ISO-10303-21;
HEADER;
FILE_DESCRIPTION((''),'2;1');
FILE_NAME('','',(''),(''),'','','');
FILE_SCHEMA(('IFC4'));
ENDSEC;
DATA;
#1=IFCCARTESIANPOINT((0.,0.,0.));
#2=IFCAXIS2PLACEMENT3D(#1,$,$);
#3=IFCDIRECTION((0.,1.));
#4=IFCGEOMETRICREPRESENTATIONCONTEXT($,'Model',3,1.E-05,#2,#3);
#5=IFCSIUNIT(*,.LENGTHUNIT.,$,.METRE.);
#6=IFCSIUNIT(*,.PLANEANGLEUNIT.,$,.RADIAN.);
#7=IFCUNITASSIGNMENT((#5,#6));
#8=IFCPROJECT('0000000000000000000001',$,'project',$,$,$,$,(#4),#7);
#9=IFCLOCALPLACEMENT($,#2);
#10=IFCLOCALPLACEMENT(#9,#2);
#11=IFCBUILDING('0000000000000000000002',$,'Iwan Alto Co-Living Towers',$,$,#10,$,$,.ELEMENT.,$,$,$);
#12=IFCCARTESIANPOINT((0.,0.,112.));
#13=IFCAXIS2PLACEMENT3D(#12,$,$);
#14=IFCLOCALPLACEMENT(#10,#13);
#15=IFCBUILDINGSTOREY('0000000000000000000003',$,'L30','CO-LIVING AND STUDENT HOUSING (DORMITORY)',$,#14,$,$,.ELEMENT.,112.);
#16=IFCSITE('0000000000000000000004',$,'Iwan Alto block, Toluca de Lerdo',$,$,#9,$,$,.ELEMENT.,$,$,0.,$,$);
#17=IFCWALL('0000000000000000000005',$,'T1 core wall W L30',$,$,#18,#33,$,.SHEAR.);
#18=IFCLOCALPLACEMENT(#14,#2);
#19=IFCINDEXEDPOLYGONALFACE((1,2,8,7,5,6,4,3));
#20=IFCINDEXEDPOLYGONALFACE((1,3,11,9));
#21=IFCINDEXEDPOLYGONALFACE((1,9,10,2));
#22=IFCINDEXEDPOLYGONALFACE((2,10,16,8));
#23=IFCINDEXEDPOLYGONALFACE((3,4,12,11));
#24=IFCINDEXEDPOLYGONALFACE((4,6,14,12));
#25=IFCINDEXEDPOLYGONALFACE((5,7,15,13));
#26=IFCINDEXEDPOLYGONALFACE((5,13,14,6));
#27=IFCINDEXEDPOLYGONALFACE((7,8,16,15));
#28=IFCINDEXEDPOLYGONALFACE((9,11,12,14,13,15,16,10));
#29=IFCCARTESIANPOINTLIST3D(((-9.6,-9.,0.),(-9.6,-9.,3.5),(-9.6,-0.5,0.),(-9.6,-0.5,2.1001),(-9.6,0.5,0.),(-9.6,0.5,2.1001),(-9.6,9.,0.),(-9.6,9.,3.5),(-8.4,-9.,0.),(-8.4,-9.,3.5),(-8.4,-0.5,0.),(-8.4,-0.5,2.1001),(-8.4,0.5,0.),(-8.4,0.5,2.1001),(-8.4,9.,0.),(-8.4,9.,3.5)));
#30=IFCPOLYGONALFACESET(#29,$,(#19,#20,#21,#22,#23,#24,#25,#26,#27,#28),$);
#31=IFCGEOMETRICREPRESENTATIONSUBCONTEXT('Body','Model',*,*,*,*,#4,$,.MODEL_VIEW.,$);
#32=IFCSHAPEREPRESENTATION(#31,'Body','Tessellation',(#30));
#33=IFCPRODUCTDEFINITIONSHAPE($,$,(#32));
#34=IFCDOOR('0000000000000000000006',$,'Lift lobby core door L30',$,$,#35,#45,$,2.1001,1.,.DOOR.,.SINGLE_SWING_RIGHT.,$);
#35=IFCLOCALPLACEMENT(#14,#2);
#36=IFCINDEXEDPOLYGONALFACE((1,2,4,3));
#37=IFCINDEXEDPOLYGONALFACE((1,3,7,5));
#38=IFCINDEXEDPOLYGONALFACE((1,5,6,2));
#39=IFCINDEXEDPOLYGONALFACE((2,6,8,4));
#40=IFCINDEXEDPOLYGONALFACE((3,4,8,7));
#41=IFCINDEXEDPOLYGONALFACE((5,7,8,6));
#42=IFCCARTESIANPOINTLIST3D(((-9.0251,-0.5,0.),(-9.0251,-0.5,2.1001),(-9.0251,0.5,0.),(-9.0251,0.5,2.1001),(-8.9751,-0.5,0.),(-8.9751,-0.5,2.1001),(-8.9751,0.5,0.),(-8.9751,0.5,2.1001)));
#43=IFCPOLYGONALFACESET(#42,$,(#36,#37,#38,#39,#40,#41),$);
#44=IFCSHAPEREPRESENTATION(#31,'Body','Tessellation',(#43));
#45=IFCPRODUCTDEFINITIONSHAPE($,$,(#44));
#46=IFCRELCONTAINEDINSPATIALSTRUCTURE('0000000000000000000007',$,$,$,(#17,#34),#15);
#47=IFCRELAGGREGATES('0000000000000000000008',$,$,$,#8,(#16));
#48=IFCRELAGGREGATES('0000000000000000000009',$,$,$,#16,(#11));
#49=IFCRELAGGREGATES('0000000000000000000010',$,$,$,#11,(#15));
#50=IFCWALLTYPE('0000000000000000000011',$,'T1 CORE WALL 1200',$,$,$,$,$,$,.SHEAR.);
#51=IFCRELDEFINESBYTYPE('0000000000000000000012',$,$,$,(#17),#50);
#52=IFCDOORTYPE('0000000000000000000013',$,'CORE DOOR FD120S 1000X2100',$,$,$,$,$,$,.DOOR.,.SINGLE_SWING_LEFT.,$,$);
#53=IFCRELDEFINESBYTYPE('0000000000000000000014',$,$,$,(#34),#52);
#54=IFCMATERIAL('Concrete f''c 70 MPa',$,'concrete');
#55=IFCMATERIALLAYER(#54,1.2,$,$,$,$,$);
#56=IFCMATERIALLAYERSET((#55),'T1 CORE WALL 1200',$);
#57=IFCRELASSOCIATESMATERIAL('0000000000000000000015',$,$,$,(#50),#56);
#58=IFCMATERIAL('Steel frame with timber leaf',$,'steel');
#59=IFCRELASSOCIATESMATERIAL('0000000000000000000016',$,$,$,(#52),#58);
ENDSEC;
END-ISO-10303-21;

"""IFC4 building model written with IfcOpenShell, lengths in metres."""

from ifc_helpers import new_model, si_unit, direction, frame, frame_2d, origin, place, context, subcontext, project, spatial, rectangle, extrude, material, layer, layer_set, type_object, element, fill, save


model = new_model("IFC4")

# Units and contexts
model_context = context("Model", 3, precision=1e-05, world=origin(), true_north=direction((0.0, 1.0)))
body_context = subcontext(model_context, "Body", "Model", "MODEL_VIEW")
ifc_project = project(units=[si_unit("LENGTHUNIT", "METRE"), si_unit("PLANEANGLEUNIT", "RADIAN")], contexts=[model_context])

# Site, building, storey
site_placement = place(None, origin())
site = spatial("IfcSite", under=ifc_project, at=site_placement, Name="Iwan Alto block, Toluca de Lerdo", CompositionType="ELEMENT", RefElevation=0.0)
building_placement = place(site_placement, origin())
building = spatial("IfcBuilding", under=site, at=building_placement, Name="Iwan Alto Co-Living Towers", CompositionType="ELEMENT")
storey_placement = place(building_placement, frame((0.0, 0.0, 112.0)))
storey = spatial("IfcBuildingStorey", under=building, at=storey_placement, Name="L30", Description="CO-LIVING AND STUDENT HOUSING (DORMITORY)", CompositionType="ELEMENT", Elevation=112.0)

# Wall, opening, door
ifc_material_1 = material(Name="Concrete f'c 70 MPa", Category="concrete")
ifc_layer_1 = layer(ifc_material_1, 1.2)
ifc_layer_set_1 = layer_set([ifc_layer_1], Name="T1 CORE WALL 1200")
wall_type_1 = type_object("IfcWallType", Name="T1 CORE WALL 1200", PredefinedType="SHEAR", material=ifc_layer_set_1)
wall_1_placement = place(storey_placement, frame((-9.0, 9.0, 0.0), z_axis=(0.0, 0.0, 1.0), x_axis=(0.0, -1.0, 0.0)))
wall_1 = element("IfcWall", 1, at=wall_1_placement, inside=storey, type_object=wall_type_1, Name="T1 core wall W L30", PredefinedType="SHEAR", context=body_context, shape_type="SweptSolid", body=[
    extrude(rectangle(XDim=18.0, YDim=1.2, at=frame_2d((9.0, 0.0))), origin(), (0.0, 0.0, 1.0), 3.5),
])
opening_1_placement = place(wall_1_placement, frame((8.5, 0.0, 0.0)))
opening_1 = element("IfcOpeningElement", 2, at=opening_1_placement, cuts=wall_1, PredefinedType="OPENING", context=body_context, shape_type="SweptSolid", body=[
    extrude(rectangle(XDim=1.0, YDim=2.1001, at=frame_2d((0.5, 1.05))), frame((0.0, 0.6099, 0.0), z_axis=(0.0, -1.0, 0.0), x_axis=(1.0, 0.0, 0.0)), (0.0, 0.0, 1.0), 1.22),
])
ifc_material_2 = material(Name="Steel frame with timber leaf", Category="steel")
door_type_1 = type_object("IfcDoorType", Name="CORE DOOR FD120S 1000X2100", OperationType="SINGLE_SWING_LEFT", PredefinedType="DOOR", material=ifc_material_2)
door_1_placement = place(opening_1_placement, origin())
door_1 = element("IfcDoor", 3, at=door_1_placement, inside=storey, type_object=door_type_1, Name="Lift lobby core door L30", OperationType="SINGLE_SWING_RIGHT", OverallHeight=2.1001, OverallWidth=1.0, PredefinedType="DOOR", context=body_context, shape_type="SweptSolid", body=[
    extrude(rectangle(XDim=1.0, YDim=2.1001, at=frame_2d((0.5, 1.05))), frame((0.0, 0.0249, 0.0), z_axis=(0.0, -1.0, 0.0), x_axis=(1.0, 0.0, 0.0)), (0.0, 0.0, 1.0), 0.05),
])
fill(opening_1, door_1)

save(model, "model.ifc")
